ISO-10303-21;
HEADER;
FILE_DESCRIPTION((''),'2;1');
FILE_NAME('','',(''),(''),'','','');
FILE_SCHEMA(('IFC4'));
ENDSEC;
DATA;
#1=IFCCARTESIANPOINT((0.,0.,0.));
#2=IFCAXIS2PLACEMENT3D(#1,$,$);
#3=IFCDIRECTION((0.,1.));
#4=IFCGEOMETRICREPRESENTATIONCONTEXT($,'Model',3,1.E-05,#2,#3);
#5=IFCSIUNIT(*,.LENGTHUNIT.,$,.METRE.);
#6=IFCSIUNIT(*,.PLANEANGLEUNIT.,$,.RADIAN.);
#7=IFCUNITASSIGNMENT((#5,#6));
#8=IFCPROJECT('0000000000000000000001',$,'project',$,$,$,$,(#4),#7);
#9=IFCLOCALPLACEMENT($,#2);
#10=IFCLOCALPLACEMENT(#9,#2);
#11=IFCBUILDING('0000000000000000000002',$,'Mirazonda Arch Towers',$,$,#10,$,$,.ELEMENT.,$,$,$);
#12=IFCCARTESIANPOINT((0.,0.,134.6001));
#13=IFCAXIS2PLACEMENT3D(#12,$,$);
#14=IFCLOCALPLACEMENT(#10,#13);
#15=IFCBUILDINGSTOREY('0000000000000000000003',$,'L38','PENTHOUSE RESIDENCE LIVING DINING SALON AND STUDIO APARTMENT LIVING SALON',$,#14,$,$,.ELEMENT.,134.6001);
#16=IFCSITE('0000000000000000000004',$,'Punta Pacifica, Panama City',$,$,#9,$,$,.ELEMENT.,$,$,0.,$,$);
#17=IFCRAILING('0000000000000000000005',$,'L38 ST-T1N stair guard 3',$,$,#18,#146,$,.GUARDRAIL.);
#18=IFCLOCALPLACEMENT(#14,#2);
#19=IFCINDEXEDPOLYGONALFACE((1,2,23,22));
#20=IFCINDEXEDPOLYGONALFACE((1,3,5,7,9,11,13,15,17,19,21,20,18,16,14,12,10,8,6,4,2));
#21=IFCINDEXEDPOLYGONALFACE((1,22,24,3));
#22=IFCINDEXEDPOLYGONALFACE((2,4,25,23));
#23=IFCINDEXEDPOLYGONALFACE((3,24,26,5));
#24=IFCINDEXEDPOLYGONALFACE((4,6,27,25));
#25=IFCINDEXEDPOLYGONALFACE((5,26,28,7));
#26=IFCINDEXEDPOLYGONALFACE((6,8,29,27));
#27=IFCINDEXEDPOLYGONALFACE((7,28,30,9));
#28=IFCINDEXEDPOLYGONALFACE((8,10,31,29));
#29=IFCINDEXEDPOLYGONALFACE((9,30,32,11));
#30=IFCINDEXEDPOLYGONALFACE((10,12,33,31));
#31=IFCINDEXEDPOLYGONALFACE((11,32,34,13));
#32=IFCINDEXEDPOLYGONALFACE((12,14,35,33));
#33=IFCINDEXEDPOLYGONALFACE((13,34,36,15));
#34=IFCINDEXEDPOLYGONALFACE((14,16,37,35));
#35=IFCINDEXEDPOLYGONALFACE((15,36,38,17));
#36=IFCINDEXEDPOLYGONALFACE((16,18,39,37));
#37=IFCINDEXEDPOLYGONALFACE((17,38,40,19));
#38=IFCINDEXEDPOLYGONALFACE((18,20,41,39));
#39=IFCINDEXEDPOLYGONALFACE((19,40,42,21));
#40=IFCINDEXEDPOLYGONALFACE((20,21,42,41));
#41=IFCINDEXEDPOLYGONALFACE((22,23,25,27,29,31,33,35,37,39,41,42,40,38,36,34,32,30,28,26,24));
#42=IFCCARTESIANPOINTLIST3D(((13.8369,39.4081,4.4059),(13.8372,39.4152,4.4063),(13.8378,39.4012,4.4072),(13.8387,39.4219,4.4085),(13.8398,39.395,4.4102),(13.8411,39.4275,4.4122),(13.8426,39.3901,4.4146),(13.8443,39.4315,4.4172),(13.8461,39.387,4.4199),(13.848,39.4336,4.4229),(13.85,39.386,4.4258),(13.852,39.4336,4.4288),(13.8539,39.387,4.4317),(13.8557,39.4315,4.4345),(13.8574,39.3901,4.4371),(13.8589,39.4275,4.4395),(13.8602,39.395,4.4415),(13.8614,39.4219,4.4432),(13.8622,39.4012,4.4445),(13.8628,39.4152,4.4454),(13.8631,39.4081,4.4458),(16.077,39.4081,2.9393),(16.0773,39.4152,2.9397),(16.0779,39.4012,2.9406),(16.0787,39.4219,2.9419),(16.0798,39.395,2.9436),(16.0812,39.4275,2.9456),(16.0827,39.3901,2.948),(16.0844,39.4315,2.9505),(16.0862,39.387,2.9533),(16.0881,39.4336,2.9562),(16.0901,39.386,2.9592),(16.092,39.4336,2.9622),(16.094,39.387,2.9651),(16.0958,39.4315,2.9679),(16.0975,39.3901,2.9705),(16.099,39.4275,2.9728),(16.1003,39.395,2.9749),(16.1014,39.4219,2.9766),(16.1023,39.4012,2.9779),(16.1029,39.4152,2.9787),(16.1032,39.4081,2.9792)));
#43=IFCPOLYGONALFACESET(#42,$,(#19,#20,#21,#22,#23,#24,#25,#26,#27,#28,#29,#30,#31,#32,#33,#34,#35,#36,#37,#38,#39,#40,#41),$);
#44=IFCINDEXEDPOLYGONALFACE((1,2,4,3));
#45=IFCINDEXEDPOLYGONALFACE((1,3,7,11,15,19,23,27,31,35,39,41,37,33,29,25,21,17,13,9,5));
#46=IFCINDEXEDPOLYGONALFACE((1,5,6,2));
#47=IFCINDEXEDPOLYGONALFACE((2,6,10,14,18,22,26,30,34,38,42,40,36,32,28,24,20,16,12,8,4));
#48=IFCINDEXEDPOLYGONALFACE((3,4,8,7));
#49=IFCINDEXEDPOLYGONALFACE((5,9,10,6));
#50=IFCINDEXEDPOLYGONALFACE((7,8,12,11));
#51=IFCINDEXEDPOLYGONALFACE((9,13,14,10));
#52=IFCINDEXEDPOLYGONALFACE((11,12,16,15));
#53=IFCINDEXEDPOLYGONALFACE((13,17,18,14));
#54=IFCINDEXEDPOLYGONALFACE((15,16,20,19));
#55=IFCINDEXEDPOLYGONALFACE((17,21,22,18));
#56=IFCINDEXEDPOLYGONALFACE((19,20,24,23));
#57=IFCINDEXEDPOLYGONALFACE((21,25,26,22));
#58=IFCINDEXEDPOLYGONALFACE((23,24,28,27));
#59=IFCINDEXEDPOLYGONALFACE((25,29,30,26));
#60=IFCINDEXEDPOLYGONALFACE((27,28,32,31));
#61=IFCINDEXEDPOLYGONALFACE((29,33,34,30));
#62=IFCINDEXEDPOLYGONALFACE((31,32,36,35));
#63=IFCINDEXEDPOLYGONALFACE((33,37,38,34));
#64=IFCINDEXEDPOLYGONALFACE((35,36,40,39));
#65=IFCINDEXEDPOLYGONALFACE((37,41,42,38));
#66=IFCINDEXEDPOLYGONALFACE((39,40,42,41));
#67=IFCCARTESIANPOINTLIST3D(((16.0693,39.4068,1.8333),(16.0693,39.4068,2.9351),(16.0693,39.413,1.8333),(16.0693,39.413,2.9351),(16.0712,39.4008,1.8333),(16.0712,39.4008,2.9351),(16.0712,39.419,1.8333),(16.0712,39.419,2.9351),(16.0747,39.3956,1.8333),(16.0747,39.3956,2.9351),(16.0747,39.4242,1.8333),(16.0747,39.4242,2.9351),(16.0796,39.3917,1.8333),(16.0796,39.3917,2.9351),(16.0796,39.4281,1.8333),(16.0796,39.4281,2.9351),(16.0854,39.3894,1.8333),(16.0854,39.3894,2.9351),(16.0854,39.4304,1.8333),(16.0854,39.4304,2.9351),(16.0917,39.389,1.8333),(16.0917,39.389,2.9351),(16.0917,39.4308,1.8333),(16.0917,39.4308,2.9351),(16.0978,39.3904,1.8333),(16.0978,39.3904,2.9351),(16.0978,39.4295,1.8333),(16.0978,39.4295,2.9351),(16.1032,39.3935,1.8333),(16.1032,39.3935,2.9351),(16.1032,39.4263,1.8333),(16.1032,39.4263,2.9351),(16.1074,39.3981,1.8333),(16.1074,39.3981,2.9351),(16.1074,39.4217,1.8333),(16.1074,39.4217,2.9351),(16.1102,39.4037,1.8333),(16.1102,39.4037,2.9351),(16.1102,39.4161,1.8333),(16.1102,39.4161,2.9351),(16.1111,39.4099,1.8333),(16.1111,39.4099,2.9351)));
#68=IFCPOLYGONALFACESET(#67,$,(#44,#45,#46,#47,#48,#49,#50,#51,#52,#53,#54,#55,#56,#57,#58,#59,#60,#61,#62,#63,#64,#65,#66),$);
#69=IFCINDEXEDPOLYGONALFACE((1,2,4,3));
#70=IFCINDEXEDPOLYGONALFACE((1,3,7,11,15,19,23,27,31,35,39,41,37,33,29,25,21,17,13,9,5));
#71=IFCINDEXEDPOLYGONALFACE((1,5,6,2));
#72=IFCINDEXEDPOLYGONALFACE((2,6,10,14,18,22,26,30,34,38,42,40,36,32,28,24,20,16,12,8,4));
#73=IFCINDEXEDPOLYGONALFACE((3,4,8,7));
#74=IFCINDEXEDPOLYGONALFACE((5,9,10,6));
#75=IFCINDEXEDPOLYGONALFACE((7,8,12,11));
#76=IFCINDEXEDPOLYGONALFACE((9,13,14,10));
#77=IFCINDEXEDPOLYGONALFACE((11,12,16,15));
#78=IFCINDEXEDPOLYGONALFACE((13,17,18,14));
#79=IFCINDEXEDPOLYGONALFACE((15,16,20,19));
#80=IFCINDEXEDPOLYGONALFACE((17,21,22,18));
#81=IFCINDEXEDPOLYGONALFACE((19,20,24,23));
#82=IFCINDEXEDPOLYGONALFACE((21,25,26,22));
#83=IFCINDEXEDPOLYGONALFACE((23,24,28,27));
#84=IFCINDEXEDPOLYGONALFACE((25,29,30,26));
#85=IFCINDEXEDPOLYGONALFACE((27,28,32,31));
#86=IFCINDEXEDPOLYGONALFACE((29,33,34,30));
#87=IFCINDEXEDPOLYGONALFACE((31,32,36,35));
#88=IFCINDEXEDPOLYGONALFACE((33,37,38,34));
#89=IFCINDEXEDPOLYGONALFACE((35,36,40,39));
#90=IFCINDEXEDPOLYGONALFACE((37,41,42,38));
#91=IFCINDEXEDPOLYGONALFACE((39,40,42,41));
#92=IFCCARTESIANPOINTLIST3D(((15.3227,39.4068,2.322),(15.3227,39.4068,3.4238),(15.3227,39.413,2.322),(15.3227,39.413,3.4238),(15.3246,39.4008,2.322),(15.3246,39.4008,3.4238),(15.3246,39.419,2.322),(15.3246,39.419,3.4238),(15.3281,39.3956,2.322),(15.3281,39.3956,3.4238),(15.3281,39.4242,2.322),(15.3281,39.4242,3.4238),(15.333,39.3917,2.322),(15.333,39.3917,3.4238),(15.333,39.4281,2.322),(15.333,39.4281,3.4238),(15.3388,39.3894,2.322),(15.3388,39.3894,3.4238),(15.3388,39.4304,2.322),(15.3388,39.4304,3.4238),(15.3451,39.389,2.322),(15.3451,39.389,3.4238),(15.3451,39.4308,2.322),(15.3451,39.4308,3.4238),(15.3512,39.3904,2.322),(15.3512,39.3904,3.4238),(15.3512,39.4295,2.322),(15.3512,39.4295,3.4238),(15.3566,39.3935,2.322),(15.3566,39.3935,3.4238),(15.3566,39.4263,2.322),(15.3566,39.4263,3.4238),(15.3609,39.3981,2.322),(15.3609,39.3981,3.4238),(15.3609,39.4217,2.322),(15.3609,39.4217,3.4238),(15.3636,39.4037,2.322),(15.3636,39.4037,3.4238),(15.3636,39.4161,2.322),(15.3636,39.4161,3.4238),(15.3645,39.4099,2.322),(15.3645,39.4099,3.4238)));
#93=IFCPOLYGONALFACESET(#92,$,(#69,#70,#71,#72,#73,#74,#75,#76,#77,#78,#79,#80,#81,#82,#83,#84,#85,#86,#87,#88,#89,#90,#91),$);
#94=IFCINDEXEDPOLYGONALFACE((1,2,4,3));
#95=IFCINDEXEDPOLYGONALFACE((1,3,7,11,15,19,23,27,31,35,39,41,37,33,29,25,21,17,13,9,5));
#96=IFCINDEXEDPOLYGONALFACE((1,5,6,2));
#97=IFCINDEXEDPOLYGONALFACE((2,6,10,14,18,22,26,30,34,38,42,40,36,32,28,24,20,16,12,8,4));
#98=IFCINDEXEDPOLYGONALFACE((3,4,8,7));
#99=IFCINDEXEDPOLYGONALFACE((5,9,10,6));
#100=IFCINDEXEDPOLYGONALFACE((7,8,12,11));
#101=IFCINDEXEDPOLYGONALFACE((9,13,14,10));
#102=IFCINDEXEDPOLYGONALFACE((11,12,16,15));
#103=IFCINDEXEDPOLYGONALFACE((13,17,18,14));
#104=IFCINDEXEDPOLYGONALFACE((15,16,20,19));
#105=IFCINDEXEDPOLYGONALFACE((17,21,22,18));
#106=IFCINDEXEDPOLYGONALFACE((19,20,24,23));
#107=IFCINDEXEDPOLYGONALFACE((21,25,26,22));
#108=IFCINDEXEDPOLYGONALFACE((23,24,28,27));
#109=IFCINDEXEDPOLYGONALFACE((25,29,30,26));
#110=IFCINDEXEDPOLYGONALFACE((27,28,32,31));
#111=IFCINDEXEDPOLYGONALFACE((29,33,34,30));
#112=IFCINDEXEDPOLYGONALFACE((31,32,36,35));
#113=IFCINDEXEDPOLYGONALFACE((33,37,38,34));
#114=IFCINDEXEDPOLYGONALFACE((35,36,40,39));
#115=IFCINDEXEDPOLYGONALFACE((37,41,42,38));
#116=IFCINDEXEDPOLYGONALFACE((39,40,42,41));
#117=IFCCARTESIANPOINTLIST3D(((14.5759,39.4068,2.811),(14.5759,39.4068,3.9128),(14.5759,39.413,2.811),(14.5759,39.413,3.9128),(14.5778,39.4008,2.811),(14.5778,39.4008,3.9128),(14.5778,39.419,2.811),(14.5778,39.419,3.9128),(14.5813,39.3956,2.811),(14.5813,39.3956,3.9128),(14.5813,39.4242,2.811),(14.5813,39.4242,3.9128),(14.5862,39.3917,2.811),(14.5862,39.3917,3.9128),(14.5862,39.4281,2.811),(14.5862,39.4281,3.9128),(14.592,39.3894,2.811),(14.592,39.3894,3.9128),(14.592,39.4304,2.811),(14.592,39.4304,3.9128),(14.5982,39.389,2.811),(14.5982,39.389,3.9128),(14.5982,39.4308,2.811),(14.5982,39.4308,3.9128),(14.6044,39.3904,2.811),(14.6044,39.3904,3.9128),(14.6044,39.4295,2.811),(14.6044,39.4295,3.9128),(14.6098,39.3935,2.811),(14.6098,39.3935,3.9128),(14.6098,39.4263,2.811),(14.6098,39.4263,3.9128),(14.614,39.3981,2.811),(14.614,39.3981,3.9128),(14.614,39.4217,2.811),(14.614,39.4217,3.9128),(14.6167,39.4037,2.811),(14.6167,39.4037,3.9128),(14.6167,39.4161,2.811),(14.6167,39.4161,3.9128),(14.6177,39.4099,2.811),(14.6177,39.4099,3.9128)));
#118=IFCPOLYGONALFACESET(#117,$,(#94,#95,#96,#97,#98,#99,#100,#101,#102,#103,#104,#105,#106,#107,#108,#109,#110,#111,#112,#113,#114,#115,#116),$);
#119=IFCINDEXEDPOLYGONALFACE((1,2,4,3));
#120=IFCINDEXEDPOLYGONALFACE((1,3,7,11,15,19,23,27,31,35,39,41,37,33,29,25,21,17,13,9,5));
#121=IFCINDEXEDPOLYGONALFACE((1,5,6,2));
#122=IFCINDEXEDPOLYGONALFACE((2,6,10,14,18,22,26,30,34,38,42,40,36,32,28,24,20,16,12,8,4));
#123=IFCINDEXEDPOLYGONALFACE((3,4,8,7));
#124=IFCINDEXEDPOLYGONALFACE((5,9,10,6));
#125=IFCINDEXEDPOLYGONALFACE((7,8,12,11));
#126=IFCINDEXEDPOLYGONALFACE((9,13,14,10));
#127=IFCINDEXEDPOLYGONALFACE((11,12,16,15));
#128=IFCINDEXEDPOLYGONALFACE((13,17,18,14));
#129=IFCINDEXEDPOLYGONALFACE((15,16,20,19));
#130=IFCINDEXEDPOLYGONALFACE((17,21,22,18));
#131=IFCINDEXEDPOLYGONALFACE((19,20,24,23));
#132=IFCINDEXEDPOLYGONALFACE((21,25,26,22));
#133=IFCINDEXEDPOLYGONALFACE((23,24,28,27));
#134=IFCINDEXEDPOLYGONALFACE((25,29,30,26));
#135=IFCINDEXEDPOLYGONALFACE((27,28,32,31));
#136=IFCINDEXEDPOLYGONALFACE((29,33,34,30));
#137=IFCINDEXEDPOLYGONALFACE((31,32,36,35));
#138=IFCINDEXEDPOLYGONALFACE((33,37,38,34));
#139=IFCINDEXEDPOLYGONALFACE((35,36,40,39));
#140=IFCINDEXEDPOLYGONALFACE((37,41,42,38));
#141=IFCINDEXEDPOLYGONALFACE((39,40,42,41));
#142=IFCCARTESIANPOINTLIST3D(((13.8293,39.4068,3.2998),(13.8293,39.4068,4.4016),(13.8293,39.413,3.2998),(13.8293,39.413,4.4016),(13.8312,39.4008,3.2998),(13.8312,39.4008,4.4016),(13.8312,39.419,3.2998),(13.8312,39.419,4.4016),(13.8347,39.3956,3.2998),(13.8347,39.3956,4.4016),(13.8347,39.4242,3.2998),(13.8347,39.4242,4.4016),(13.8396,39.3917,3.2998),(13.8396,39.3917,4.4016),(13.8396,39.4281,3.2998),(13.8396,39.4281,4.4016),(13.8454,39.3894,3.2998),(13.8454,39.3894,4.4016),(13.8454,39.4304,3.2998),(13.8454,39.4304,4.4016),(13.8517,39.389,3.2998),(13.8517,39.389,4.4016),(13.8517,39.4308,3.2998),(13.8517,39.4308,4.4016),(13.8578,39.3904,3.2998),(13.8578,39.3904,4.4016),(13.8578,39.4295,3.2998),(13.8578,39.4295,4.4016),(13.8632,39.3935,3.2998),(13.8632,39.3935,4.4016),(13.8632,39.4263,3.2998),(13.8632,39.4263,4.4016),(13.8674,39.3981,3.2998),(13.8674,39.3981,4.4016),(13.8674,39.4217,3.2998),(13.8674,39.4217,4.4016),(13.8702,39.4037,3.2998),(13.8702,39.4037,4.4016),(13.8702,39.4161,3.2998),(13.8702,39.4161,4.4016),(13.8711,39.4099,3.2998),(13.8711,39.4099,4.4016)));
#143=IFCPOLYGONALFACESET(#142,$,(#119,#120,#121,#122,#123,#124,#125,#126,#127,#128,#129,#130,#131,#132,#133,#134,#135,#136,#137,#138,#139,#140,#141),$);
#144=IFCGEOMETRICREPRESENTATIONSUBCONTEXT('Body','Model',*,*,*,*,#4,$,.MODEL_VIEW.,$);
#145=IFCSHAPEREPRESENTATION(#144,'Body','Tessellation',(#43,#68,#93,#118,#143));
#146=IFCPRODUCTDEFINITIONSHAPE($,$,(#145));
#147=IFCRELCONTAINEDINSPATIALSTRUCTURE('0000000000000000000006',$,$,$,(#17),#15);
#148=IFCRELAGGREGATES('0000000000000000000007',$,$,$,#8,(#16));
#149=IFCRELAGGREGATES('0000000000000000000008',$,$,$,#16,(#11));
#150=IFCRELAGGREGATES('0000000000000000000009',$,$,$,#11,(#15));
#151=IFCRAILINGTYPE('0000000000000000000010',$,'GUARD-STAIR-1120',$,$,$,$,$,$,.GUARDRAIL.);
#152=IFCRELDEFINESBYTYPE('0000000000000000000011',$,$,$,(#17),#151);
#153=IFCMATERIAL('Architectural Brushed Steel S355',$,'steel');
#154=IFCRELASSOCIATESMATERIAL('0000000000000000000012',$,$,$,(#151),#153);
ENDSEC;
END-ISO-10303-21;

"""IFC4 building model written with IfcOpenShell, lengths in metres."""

from ifc_helpers import new_model, si_unit, direction, frame, origin, origin_2d, place, context, subcontext, project, spatial, circle, extrude, material, type_object, element, save


model = new_model("IFC4")

# Units and contexts
model_context = context("Model", 3, precision=1e-05, world=origin(), true_north=direction((0.0, 1.0)))
body_context = subcontext(model_context, "Body", "Model", "MODEL_VIEW")
ifc_project = project(units=[si_unit("LENGTHUNIT", "METRE"), si_unit("PLANEANGLEUNIT", "RADIAN")], contexts=[model_context])

# Site, building, storey
site_placement = place(None, origin())
site = spatial("IfcSite", under=ifc_project, at=site_placement, Name="Punta Pacifica, Panama City", CompositionType="ELEMENT", RefElevation=0.0)
building_placement = place(site_placement, origin())
building = spatial("IfcBuilding", under=site, at=building_placement, Name="Mirazonda Arch Towers", CompositionType="ELEMENT")
storey_placement = place(building_placement, frame((0.0, 0.0, 134.6001)))
storey = spatial("IfcBuildingStorey", under=building, at=storey_placement, Name="L38", Description="PENTHOUSE RESIDENCE LIVING DINING SALON AND STUDIO APARTMENT LIVING SALON", CompositionType="ELEMENT", Elevation=134.6001)

# Shared definitions
ifc_material_1 = material(Name="Architectural Brushed Steel S355", Category="steel")

# Railing
railing_type_1 = type_object("IfcRailingType", Name="GUARD-STAIR-1120", PredefinedType="GUARDRAIL", material=ifc_material_1)
railing_1_placement = place(storey_placement, frame((16.0901, 39.4099, 1.8333)))
element("IfcRailing", 1, at=railing_1_placement, inside=storey, type_object=railing_type_1, Name="L38 ST-T1N stair guard 3", PredefinedType="GUARDRAIL", context=body_context, shape_type="SweptSolid", body=[
    extrude(circle(Radius=0.0239, at=origin_2d()), frame((0.0, 0.0, 1.126), z_axis=(-0.836637, 0.0, 0.547758), x_axis=(0.0, -1.0, 0.0)), (0.0, 0.0, 1.0), 2.6775),
    extrude(circle(Radius=0.021, at=origin_2d()), origin(), (0.0, 0.0, 1.0), 1.1018),
    extrude(circle(Radius=0.021, at=origin_2d()), frame((-0.7466, 0.0, 0.4888)), (0.0, 0.0, 1.0), 1.1018),
    extrude(circle(Radius=0.021, at=origin_2d()), frame((-1.4934, 0.0, 0.9778)), (0.0, 0.0, 1.0), 1.1018),
    extrude(circle(Radius=0.021, at=origin_2d()), frame((-2.24, 0.0, 1.4666)), (0.0, 0.0, 1.0), 1.1018),
])

save(model, "model.ifc")
